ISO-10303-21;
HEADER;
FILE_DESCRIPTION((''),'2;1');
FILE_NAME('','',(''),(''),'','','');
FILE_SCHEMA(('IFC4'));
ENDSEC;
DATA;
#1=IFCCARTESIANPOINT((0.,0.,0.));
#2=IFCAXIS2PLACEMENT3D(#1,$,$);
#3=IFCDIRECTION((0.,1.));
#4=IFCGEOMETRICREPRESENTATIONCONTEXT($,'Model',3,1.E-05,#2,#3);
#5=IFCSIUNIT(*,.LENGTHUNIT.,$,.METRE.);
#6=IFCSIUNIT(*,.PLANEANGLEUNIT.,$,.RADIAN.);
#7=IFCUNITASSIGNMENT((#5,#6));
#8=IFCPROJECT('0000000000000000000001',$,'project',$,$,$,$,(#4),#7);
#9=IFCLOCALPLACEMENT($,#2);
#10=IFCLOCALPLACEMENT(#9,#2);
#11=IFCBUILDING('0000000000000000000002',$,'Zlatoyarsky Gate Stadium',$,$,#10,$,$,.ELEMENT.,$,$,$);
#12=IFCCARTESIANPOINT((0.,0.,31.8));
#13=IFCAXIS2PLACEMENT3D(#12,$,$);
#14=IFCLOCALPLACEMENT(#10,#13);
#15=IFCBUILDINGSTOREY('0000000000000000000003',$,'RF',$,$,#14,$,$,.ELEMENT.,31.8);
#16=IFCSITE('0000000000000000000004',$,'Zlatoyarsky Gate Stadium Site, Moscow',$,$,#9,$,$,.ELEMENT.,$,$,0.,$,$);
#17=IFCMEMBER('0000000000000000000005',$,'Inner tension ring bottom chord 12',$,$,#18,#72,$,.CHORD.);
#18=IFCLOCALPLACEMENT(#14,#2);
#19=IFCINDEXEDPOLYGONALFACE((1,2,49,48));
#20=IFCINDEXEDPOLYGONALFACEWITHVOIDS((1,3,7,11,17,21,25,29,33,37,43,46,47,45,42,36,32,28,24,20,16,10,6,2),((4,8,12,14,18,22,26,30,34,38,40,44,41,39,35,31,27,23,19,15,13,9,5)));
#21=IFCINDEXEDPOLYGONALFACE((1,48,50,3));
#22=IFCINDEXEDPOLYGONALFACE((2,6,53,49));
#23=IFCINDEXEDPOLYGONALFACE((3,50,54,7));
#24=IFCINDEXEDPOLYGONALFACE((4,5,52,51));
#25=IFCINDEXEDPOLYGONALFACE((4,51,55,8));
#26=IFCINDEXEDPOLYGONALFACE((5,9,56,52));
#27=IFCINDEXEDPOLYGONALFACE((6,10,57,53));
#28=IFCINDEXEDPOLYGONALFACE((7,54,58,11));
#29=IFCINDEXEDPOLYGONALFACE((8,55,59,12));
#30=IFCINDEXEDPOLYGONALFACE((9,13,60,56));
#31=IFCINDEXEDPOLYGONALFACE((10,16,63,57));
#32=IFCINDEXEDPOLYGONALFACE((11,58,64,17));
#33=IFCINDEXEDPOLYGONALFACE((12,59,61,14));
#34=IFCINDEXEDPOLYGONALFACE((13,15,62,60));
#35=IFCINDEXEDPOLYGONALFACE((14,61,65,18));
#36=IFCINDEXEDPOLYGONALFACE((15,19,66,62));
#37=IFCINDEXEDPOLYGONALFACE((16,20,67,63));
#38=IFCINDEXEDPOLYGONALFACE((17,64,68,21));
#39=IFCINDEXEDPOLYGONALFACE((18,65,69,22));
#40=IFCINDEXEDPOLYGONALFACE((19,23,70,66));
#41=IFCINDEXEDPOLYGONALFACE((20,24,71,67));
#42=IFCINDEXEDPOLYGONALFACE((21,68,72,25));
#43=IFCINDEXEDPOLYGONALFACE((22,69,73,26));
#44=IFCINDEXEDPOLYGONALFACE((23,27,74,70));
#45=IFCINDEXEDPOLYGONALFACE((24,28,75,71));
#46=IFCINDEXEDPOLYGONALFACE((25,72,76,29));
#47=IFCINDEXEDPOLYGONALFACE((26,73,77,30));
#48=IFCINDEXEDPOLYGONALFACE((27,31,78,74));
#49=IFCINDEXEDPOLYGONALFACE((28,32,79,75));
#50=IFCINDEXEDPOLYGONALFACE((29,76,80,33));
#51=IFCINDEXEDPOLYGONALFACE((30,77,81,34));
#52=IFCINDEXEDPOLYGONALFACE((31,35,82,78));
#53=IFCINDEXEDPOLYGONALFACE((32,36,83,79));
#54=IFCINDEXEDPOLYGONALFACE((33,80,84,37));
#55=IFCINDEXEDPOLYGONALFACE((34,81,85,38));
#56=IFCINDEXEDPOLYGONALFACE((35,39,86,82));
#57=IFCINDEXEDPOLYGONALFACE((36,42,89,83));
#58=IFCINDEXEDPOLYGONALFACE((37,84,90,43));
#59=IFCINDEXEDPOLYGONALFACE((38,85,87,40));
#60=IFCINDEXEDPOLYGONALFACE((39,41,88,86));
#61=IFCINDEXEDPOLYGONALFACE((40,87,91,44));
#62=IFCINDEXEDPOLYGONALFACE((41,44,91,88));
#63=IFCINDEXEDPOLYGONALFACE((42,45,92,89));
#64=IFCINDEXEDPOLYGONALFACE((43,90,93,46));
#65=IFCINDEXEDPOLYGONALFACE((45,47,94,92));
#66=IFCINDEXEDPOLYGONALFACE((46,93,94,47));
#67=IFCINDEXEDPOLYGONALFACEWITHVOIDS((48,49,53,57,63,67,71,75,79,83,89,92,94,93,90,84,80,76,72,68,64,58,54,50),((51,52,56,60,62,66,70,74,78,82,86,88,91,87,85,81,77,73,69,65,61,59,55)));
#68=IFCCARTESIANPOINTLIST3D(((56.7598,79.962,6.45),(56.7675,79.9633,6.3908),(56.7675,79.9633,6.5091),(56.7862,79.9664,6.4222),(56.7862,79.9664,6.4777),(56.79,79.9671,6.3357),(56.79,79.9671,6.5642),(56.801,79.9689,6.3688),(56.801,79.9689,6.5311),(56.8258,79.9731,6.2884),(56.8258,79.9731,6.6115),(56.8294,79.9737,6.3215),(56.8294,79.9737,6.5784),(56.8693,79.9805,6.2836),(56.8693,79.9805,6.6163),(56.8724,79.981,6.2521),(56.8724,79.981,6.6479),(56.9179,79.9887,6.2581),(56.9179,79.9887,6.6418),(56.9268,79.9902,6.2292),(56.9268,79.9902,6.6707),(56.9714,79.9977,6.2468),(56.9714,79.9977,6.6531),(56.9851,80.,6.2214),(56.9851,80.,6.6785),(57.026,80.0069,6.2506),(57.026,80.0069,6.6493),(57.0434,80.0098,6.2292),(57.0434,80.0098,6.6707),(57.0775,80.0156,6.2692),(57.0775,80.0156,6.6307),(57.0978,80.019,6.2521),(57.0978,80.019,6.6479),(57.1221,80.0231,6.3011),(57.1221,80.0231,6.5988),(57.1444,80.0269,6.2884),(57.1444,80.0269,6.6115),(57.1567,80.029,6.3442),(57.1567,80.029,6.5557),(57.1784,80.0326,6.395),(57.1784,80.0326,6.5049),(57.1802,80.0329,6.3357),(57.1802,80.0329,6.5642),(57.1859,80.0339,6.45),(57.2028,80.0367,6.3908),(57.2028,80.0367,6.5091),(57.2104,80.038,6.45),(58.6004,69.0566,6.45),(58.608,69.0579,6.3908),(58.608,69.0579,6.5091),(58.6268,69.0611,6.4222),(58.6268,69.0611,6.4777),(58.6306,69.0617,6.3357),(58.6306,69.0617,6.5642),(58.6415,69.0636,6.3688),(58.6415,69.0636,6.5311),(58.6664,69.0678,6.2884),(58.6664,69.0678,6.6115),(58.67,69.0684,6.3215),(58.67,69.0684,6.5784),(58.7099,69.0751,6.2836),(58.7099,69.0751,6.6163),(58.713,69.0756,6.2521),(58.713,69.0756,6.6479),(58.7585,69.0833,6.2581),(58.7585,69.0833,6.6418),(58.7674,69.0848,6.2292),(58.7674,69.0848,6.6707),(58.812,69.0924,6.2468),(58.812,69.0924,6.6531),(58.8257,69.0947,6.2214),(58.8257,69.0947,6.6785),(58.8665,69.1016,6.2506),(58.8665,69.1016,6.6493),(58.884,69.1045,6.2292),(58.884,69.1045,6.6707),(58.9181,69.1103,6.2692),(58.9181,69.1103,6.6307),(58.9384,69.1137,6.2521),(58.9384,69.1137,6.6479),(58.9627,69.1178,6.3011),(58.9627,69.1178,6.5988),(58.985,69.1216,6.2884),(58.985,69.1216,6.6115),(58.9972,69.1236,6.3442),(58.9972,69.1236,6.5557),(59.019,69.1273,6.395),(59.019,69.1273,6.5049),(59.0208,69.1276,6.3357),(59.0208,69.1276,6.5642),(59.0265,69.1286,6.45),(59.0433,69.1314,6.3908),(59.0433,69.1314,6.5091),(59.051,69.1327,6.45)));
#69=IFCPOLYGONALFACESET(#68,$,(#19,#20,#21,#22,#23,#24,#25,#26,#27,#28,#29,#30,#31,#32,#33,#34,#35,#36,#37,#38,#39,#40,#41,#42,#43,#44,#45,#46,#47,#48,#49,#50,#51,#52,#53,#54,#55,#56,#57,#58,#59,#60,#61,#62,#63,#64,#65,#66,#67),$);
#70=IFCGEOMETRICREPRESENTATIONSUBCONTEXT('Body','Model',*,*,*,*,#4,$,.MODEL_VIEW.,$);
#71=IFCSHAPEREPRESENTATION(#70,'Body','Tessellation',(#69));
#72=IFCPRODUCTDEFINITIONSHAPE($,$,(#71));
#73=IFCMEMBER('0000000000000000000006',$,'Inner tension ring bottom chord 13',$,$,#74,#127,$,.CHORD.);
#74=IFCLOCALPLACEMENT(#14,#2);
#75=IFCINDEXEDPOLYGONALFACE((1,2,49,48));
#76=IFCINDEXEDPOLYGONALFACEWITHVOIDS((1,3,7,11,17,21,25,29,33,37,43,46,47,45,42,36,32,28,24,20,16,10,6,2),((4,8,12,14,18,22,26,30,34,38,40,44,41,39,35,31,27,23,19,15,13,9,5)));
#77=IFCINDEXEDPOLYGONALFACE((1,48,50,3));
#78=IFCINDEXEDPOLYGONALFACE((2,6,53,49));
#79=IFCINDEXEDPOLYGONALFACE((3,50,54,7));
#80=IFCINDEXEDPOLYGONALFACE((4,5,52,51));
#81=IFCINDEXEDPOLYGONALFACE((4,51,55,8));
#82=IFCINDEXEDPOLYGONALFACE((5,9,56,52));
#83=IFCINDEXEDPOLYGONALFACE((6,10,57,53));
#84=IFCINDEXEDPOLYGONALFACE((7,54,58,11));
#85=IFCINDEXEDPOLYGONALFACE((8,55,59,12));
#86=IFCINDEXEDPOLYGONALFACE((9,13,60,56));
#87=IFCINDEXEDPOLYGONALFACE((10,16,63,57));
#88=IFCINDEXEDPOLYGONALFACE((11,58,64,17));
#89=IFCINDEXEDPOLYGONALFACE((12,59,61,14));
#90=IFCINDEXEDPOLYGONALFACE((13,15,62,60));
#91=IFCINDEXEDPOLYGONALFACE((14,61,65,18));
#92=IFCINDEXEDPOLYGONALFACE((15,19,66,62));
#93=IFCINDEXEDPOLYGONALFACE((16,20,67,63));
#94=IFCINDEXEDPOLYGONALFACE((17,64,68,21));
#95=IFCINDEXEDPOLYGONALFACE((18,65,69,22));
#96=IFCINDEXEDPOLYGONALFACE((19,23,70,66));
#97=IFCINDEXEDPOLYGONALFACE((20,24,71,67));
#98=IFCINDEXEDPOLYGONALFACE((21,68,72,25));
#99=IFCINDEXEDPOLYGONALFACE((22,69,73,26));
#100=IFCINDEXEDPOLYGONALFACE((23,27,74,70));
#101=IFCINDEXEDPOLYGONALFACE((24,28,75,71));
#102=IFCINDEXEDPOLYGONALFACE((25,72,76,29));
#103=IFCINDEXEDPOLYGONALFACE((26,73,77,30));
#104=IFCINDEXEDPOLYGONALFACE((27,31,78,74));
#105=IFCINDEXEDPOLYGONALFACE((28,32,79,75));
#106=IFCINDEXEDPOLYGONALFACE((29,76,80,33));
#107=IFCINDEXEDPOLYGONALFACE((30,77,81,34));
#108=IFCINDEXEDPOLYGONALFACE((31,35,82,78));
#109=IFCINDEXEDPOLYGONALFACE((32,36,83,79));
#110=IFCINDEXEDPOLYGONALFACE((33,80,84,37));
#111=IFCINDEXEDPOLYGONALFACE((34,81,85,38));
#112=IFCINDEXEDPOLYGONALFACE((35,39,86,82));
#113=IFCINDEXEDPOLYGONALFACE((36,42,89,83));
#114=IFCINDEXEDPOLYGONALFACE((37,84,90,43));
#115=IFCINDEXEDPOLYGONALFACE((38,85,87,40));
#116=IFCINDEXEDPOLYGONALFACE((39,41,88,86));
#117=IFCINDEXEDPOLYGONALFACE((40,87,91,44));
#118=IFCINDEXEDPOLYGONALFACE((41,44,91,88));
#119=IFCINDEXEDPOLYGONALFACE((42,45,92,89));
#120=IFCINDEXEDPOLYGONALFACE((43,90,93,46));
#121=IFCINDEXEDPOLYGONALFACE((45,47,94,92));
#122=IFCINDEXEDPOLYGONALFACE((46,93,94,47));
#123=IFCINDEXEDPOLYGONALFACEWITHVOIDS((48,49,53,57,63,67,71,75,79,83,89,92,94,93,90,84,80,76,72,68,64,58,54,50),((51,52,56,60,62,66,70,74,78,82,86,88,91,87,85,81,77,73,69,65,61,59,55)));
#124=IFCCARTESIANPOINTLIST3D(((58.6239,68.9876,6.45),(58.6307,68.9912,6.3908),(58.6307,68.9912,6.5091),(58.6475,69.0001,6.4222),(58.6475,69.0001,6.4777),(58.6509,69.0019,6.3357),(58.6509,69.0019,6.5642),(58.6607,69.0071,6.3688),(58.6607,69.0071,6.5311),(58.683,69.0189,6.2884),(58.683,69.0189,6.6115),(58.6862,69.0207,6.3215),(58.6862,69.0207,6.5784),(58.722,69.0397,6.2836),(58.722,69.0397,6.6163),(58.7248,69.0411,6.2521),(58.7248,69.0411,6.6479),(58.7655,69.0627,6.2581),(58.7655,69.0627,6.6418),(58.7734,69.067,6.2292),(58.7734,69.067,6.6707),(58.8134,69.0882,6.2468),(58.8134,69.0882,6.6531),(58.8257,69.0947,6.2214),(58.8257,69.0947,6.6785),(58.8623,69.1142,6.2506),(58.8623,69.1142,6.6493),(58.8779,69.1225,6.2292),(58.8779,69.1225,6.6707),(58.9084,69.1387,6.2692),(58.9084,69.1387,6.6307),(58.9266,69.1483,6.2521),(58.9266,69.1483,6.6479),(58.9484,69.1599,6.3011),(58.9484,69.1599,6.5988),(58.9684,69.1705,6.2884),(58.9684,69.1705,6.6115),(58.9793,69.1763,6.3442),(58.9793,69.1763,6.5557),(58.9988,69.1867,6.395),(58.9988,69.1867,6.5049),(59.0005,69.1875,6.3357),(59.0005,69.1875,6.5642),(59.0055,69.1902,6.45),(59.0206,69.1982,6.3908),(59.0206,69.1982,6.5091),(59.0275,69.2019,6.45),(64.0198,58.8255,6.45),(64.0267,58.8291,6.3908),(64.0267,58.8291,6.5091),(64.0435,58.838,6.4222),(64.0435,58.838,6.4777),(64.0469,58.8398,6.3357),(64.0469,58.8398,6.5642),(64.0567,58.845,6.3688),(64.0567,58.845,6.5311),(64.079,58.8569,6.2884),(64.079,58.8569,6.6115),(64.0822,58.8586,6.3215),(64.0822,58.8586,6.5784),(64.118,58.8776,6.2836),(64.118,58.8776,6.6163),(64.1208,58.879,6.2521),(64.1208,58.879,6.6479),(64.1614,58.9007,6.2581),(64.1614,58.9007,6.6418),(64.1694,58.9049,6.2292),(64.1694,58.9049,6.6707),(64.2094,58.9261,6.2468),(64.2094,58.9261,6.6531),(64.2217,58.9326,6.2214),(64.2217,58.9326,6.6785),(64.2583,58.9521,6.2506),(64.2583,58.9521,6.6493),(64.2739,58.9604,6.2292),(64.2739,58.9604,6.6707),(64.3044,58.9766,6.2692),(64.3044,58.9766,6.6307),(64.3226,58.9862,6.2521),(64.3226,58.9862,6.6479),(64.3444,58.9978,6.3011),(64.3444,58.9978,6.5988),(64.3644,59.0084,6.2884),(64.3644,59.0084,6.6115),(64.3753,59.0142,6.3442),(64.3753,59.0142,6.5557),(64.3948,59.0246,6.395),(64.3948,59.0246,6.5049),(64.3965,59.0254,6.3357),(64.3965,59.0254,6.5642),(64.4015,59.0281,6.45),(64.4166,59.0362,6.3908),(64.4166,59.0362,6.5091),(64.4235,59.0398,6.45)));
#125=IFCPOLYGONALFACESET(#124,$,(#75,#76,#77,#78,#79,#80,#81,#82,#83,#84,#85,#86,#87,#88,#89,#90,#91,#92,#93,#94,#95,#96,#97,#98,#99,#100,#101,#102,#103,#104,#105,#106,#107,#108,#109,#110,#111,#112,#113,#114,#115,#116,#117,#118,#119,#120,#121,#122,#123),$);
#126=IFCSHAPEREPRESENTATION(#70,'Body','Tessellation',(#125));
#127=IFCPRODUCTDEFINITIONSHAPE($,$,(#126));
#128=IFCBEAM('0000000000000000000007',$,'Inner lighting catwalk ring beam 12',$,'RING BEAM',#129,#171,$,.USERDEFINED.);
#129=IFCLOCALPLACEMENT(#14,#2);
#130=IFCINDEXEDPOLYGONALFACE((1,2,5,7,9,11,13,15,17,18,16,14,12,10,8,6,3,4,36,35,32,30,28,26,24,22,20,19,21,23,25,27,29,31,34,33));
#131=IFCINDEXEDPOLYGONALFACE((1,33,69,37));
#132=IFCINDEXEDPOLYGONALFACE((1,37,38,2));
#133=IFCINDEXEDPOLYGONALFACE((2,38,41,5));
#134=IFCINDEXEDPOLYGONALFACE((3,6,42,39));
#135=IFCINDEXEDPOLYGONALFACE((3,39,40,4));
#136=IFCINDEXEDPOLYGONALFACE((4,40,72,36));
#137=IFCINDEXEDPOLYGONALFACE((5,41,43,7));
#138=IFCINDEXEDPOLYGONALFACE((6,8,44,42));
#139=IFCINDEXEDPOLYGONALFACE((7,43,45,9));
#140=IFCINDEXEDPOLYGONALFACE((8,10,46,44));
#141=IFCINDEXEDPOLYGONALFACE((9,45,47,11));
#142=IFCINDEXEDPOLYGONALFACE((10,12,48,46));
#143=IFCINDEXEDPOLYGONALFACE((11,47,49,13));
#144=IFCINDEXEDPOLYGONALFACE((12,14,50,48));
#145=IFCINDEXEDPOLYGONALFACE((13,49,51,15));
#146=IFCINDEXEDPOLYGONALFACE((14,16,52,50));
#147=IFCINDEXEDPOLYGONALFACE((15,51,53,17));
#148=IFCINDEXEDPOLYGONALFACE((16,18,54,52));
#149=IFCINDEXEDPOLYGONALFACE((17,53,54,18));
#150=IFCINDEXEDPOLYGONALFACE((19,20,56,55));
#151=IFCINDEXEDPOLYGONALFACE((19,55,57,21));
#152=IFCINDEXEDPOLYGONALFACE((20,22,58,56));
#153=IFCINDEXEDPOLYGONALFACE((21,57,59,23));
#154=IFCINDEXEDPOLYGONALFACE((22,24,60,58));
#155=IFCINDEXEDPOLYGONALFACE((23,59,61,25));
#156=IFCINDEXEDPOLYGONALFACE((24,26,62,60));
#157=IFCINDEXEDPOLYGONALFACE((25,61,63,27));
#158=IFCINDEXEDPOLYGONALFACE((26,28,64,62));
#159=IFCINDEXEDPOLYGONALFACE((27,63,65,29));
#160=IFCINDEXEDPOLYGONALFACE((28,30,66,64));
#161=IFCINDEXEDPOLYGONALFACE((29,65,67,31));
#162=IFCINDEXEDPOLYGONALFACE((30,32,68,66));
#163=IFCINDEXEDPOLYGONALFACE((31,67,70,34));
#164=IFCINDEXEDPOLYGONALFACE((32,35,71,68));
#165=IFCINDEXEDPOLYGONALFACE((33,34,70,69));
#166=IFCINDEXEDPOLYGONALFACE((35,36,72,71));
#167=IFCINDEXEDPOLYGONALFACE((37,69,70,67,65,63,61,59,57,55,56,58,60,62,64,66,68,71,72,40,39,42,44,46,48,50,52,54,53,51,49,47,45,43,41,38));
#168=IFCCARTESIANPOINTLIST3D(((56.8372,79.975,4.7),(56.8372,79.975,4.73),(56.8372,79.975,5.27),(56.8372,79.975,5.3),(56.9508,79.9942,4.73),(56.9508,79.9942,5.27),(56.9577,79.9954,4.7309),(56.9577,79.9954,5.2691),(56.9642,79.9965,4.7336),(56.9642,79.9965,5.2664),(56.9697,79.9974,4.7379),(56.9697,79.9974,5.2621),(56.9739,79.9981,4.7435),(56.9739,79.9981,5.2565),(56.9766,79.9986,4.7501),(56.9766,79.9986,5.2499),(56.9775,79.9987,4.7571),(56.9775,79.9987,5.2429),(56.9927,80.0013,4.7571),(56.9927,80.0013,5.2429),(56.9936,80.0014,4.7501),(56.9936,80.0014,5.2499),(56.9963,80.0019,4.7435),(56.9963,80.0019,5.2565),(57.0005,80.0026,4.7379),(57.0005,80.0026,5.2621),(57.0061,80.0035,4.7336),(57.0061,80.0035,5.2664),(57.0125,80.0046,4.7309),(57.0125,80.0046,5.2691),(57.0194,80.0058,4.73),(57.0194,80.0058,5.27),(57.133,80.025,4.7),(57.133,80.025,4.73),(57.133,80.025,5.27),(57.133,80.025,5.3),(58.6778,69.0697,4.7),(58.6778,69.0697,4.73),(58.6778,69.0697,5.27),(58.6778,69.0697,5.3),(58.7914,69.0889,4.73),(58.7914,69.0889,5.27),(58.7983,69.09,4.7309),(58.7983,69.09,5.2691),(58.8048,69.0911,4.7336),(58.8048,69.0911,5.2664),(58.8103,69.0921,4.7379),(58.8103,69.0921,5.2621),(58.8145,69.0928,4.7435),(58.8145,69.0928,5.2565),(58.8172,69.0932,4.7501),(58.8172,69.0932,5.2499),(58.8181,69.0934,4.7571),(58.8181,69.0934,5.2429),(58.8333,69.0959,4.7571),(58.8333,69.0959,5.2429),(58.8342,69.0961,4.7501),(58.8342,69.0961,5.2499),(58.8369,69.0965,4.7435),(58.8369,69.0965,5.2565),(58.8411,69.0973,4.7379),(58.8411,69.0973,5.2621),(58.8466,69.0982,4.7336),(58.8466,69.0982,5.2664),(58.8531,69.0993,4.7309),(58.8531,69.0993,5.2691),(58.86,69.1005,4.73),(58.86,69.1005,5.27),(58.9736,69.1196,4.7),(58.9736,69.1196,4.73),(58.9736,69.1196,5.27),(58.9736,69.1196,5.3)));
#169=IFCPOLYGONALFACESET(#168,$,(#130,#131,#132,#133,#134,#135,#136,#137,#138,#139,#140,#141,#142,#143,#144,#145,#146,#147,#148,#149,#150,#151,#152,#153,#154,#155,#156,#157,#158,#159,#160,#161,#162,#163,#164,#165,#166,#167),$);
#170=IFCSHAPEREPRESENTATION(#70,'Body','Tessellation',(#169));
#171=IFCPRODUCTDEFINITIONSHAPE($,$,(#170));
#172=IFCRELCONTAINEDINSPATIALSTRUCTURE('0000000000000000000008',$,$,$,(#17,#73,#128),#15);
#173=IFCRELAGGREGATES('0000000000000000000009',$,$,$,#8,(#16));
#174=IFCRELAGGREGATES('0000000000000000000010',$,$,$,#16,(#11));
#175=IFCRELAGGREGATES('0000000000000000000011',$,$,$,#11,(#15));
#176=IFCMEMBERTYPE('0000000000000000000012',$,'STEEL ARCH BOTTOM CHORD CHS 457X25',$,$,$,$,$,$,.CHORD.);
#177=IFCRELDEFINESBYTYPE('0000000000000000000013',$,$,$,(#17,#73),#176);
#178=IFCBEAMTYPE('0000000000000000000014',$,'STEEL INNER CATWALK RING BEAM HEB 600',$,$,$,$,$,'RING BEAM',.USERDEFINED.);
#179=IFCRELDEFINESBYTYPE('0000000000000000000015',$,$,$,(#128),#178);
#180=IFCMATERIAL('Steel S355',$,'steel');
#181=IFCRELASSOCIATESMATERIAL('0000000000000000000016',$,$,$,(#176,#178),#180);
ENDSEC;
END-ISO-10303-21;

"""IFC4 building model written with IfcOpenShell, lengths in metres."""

from ifc_helpers import new_model, si_unit, direction, frame, origin, origin_2d, place, context, subcontext, project, spatial, hollow_circle, i_section, extrude, material, material_profile, profile_set, type_object, element, save


model = new_model("IFC4")

# Units and contexts
model_context = context("Model", 3, precision=1e-05, world=origin(), true_north=direction((0.0, 1.0)))
body_context = subcontext(model_context, "Body", "Model", "MODEL_VIEW")
ifc_project = project(units=[si_unit("LENGTHUNIT", "METRE"), si_unit("PLANEANGLEUNIT", "RADIAN")], contexts=[model_context])

# Site, building, storey
site_placement = place(None, origin())
site = spatial("IfcSite", under=ifc_project, at=site_placement, Name="Zlatoyarsky Gate Stadium Site, Moscow", CompositionType="ELEMENT", RefElevation=0.0)
building_placement = place(site_placement, origin())
building = spatial("IfcBuilding", under=site, at=building_placement, Name="Zlatoyarsky Gate Stadium", CompositionType="ELEMENT")
storey_placement = place(building_placement, frame((0.0, 0.0, 31.8)))
storey = spatial("IfcBuildingStorey", under=building, at=storey_placement, Name="RF", CompositionType="ELEMENT", Elevation=31.8)

# Members
ifc_material = material(Name="Steel S355", Category="steel")
ifc_material_profile_1 = material_profile(ifc_material, hollow_circle(Radius=0.2285, WallThickness=0.0249, at=origin_2d()), Name="CHS 457X25")
ifc_profile_set_1 = profile_set([ifc_material_profile_1], Name="Steel S355")
member_type_1 = type_object("IfcMemberType", Name="STEEL ARCH BOTTOM CHORD CHS 457X25", PredefinedType="CHORD", material=ifc_profile_set_1)
member_1_placement = place(storey_placement, frame((56.9851, 80.0, 6.45), z_axis=(0.166425, -0.986054, 0.0), x_axis=(0.986054, 0.166425, 0.0)))
element("IfcMember", 1, at=member_1_placement, inside=storey, type_object=member_type_1, Name="Inner tension ring bottom chord 12", PredefinedType="CHORD", context=body_context, shape_type="SweptSolid", body=[
    extrude(hollow_circle(Radius=0.2285, WallThickness=0.0249, at=origin_2d()), origin(), (0.0, 0.0, 1.0), 11.0596),
])
member_2_placement = place(storey_placement, frame((58.8257, 69.0947, 6.45), z_axis=(0.468977, -0.88321, 0.0), x_axis=(0.88321, 0.468977, 0.0)))
element("IfcMember", 2, at=member_2_placement, inside=storey, type_object=member_type_1, Name="Inner tension ring bottom chord 13", PredefinedType="CHORD", context=body_context, shape_type="SweptSolid", body=[
    extrude(hollow_circle(Radius=0.2285, WallThickness=0.0249, at=origin_2d()), origin(), (0.0, 0.0, 1.0), 11.5059),
])

# Beam
ifc_material_profile_2 = material_profile(ifc_material, i_section(OverallWidth=0.3, OverallDepth=0.6001, WebThickness=0.0154, FlangeThickness=0.03, FilletRadius=0.0271, at=origin_2d()), Name="HEB 600")
ifc_profile_set_2 = profile_set([ifc_material_profile_2], Name="Steel S355")
beam_type = type_object("IfcBeamType", Name="STEEL INNER CATWALK RING BEAM HEB 600", ElementType="RING BEAM", PredefinedType="USERDEFINED", material=ifc_profile_set_2)
beam_1_placement = place(storey_placement, frame((56.9851, 80.0, 5.0), z_axis=(0.166425, -0.986054, 0.0), x_axis=(0.986054, 0.166425, 0.0)))
element("IfcBeam", 3, at=beam_1_placement, inside=storey, type_object=beam_type, Name="Inner lighting catwalk ring beam 12", ObjectType="RING BEAM", PredefinedType="USERDEFINED", context=body_context, shape_type="SweptSolid", body=[
    extrude(i_section(OverallWidth=0.3, OverallDepth=0.6001, WebThickness=0.0154, FlangeThickness=0.03, FilletRadius=0.0271, at=origin_2d()), origin(), (0.0, 0.0, 1.0), 11.0596),
])

save(model, "model.ifc")
